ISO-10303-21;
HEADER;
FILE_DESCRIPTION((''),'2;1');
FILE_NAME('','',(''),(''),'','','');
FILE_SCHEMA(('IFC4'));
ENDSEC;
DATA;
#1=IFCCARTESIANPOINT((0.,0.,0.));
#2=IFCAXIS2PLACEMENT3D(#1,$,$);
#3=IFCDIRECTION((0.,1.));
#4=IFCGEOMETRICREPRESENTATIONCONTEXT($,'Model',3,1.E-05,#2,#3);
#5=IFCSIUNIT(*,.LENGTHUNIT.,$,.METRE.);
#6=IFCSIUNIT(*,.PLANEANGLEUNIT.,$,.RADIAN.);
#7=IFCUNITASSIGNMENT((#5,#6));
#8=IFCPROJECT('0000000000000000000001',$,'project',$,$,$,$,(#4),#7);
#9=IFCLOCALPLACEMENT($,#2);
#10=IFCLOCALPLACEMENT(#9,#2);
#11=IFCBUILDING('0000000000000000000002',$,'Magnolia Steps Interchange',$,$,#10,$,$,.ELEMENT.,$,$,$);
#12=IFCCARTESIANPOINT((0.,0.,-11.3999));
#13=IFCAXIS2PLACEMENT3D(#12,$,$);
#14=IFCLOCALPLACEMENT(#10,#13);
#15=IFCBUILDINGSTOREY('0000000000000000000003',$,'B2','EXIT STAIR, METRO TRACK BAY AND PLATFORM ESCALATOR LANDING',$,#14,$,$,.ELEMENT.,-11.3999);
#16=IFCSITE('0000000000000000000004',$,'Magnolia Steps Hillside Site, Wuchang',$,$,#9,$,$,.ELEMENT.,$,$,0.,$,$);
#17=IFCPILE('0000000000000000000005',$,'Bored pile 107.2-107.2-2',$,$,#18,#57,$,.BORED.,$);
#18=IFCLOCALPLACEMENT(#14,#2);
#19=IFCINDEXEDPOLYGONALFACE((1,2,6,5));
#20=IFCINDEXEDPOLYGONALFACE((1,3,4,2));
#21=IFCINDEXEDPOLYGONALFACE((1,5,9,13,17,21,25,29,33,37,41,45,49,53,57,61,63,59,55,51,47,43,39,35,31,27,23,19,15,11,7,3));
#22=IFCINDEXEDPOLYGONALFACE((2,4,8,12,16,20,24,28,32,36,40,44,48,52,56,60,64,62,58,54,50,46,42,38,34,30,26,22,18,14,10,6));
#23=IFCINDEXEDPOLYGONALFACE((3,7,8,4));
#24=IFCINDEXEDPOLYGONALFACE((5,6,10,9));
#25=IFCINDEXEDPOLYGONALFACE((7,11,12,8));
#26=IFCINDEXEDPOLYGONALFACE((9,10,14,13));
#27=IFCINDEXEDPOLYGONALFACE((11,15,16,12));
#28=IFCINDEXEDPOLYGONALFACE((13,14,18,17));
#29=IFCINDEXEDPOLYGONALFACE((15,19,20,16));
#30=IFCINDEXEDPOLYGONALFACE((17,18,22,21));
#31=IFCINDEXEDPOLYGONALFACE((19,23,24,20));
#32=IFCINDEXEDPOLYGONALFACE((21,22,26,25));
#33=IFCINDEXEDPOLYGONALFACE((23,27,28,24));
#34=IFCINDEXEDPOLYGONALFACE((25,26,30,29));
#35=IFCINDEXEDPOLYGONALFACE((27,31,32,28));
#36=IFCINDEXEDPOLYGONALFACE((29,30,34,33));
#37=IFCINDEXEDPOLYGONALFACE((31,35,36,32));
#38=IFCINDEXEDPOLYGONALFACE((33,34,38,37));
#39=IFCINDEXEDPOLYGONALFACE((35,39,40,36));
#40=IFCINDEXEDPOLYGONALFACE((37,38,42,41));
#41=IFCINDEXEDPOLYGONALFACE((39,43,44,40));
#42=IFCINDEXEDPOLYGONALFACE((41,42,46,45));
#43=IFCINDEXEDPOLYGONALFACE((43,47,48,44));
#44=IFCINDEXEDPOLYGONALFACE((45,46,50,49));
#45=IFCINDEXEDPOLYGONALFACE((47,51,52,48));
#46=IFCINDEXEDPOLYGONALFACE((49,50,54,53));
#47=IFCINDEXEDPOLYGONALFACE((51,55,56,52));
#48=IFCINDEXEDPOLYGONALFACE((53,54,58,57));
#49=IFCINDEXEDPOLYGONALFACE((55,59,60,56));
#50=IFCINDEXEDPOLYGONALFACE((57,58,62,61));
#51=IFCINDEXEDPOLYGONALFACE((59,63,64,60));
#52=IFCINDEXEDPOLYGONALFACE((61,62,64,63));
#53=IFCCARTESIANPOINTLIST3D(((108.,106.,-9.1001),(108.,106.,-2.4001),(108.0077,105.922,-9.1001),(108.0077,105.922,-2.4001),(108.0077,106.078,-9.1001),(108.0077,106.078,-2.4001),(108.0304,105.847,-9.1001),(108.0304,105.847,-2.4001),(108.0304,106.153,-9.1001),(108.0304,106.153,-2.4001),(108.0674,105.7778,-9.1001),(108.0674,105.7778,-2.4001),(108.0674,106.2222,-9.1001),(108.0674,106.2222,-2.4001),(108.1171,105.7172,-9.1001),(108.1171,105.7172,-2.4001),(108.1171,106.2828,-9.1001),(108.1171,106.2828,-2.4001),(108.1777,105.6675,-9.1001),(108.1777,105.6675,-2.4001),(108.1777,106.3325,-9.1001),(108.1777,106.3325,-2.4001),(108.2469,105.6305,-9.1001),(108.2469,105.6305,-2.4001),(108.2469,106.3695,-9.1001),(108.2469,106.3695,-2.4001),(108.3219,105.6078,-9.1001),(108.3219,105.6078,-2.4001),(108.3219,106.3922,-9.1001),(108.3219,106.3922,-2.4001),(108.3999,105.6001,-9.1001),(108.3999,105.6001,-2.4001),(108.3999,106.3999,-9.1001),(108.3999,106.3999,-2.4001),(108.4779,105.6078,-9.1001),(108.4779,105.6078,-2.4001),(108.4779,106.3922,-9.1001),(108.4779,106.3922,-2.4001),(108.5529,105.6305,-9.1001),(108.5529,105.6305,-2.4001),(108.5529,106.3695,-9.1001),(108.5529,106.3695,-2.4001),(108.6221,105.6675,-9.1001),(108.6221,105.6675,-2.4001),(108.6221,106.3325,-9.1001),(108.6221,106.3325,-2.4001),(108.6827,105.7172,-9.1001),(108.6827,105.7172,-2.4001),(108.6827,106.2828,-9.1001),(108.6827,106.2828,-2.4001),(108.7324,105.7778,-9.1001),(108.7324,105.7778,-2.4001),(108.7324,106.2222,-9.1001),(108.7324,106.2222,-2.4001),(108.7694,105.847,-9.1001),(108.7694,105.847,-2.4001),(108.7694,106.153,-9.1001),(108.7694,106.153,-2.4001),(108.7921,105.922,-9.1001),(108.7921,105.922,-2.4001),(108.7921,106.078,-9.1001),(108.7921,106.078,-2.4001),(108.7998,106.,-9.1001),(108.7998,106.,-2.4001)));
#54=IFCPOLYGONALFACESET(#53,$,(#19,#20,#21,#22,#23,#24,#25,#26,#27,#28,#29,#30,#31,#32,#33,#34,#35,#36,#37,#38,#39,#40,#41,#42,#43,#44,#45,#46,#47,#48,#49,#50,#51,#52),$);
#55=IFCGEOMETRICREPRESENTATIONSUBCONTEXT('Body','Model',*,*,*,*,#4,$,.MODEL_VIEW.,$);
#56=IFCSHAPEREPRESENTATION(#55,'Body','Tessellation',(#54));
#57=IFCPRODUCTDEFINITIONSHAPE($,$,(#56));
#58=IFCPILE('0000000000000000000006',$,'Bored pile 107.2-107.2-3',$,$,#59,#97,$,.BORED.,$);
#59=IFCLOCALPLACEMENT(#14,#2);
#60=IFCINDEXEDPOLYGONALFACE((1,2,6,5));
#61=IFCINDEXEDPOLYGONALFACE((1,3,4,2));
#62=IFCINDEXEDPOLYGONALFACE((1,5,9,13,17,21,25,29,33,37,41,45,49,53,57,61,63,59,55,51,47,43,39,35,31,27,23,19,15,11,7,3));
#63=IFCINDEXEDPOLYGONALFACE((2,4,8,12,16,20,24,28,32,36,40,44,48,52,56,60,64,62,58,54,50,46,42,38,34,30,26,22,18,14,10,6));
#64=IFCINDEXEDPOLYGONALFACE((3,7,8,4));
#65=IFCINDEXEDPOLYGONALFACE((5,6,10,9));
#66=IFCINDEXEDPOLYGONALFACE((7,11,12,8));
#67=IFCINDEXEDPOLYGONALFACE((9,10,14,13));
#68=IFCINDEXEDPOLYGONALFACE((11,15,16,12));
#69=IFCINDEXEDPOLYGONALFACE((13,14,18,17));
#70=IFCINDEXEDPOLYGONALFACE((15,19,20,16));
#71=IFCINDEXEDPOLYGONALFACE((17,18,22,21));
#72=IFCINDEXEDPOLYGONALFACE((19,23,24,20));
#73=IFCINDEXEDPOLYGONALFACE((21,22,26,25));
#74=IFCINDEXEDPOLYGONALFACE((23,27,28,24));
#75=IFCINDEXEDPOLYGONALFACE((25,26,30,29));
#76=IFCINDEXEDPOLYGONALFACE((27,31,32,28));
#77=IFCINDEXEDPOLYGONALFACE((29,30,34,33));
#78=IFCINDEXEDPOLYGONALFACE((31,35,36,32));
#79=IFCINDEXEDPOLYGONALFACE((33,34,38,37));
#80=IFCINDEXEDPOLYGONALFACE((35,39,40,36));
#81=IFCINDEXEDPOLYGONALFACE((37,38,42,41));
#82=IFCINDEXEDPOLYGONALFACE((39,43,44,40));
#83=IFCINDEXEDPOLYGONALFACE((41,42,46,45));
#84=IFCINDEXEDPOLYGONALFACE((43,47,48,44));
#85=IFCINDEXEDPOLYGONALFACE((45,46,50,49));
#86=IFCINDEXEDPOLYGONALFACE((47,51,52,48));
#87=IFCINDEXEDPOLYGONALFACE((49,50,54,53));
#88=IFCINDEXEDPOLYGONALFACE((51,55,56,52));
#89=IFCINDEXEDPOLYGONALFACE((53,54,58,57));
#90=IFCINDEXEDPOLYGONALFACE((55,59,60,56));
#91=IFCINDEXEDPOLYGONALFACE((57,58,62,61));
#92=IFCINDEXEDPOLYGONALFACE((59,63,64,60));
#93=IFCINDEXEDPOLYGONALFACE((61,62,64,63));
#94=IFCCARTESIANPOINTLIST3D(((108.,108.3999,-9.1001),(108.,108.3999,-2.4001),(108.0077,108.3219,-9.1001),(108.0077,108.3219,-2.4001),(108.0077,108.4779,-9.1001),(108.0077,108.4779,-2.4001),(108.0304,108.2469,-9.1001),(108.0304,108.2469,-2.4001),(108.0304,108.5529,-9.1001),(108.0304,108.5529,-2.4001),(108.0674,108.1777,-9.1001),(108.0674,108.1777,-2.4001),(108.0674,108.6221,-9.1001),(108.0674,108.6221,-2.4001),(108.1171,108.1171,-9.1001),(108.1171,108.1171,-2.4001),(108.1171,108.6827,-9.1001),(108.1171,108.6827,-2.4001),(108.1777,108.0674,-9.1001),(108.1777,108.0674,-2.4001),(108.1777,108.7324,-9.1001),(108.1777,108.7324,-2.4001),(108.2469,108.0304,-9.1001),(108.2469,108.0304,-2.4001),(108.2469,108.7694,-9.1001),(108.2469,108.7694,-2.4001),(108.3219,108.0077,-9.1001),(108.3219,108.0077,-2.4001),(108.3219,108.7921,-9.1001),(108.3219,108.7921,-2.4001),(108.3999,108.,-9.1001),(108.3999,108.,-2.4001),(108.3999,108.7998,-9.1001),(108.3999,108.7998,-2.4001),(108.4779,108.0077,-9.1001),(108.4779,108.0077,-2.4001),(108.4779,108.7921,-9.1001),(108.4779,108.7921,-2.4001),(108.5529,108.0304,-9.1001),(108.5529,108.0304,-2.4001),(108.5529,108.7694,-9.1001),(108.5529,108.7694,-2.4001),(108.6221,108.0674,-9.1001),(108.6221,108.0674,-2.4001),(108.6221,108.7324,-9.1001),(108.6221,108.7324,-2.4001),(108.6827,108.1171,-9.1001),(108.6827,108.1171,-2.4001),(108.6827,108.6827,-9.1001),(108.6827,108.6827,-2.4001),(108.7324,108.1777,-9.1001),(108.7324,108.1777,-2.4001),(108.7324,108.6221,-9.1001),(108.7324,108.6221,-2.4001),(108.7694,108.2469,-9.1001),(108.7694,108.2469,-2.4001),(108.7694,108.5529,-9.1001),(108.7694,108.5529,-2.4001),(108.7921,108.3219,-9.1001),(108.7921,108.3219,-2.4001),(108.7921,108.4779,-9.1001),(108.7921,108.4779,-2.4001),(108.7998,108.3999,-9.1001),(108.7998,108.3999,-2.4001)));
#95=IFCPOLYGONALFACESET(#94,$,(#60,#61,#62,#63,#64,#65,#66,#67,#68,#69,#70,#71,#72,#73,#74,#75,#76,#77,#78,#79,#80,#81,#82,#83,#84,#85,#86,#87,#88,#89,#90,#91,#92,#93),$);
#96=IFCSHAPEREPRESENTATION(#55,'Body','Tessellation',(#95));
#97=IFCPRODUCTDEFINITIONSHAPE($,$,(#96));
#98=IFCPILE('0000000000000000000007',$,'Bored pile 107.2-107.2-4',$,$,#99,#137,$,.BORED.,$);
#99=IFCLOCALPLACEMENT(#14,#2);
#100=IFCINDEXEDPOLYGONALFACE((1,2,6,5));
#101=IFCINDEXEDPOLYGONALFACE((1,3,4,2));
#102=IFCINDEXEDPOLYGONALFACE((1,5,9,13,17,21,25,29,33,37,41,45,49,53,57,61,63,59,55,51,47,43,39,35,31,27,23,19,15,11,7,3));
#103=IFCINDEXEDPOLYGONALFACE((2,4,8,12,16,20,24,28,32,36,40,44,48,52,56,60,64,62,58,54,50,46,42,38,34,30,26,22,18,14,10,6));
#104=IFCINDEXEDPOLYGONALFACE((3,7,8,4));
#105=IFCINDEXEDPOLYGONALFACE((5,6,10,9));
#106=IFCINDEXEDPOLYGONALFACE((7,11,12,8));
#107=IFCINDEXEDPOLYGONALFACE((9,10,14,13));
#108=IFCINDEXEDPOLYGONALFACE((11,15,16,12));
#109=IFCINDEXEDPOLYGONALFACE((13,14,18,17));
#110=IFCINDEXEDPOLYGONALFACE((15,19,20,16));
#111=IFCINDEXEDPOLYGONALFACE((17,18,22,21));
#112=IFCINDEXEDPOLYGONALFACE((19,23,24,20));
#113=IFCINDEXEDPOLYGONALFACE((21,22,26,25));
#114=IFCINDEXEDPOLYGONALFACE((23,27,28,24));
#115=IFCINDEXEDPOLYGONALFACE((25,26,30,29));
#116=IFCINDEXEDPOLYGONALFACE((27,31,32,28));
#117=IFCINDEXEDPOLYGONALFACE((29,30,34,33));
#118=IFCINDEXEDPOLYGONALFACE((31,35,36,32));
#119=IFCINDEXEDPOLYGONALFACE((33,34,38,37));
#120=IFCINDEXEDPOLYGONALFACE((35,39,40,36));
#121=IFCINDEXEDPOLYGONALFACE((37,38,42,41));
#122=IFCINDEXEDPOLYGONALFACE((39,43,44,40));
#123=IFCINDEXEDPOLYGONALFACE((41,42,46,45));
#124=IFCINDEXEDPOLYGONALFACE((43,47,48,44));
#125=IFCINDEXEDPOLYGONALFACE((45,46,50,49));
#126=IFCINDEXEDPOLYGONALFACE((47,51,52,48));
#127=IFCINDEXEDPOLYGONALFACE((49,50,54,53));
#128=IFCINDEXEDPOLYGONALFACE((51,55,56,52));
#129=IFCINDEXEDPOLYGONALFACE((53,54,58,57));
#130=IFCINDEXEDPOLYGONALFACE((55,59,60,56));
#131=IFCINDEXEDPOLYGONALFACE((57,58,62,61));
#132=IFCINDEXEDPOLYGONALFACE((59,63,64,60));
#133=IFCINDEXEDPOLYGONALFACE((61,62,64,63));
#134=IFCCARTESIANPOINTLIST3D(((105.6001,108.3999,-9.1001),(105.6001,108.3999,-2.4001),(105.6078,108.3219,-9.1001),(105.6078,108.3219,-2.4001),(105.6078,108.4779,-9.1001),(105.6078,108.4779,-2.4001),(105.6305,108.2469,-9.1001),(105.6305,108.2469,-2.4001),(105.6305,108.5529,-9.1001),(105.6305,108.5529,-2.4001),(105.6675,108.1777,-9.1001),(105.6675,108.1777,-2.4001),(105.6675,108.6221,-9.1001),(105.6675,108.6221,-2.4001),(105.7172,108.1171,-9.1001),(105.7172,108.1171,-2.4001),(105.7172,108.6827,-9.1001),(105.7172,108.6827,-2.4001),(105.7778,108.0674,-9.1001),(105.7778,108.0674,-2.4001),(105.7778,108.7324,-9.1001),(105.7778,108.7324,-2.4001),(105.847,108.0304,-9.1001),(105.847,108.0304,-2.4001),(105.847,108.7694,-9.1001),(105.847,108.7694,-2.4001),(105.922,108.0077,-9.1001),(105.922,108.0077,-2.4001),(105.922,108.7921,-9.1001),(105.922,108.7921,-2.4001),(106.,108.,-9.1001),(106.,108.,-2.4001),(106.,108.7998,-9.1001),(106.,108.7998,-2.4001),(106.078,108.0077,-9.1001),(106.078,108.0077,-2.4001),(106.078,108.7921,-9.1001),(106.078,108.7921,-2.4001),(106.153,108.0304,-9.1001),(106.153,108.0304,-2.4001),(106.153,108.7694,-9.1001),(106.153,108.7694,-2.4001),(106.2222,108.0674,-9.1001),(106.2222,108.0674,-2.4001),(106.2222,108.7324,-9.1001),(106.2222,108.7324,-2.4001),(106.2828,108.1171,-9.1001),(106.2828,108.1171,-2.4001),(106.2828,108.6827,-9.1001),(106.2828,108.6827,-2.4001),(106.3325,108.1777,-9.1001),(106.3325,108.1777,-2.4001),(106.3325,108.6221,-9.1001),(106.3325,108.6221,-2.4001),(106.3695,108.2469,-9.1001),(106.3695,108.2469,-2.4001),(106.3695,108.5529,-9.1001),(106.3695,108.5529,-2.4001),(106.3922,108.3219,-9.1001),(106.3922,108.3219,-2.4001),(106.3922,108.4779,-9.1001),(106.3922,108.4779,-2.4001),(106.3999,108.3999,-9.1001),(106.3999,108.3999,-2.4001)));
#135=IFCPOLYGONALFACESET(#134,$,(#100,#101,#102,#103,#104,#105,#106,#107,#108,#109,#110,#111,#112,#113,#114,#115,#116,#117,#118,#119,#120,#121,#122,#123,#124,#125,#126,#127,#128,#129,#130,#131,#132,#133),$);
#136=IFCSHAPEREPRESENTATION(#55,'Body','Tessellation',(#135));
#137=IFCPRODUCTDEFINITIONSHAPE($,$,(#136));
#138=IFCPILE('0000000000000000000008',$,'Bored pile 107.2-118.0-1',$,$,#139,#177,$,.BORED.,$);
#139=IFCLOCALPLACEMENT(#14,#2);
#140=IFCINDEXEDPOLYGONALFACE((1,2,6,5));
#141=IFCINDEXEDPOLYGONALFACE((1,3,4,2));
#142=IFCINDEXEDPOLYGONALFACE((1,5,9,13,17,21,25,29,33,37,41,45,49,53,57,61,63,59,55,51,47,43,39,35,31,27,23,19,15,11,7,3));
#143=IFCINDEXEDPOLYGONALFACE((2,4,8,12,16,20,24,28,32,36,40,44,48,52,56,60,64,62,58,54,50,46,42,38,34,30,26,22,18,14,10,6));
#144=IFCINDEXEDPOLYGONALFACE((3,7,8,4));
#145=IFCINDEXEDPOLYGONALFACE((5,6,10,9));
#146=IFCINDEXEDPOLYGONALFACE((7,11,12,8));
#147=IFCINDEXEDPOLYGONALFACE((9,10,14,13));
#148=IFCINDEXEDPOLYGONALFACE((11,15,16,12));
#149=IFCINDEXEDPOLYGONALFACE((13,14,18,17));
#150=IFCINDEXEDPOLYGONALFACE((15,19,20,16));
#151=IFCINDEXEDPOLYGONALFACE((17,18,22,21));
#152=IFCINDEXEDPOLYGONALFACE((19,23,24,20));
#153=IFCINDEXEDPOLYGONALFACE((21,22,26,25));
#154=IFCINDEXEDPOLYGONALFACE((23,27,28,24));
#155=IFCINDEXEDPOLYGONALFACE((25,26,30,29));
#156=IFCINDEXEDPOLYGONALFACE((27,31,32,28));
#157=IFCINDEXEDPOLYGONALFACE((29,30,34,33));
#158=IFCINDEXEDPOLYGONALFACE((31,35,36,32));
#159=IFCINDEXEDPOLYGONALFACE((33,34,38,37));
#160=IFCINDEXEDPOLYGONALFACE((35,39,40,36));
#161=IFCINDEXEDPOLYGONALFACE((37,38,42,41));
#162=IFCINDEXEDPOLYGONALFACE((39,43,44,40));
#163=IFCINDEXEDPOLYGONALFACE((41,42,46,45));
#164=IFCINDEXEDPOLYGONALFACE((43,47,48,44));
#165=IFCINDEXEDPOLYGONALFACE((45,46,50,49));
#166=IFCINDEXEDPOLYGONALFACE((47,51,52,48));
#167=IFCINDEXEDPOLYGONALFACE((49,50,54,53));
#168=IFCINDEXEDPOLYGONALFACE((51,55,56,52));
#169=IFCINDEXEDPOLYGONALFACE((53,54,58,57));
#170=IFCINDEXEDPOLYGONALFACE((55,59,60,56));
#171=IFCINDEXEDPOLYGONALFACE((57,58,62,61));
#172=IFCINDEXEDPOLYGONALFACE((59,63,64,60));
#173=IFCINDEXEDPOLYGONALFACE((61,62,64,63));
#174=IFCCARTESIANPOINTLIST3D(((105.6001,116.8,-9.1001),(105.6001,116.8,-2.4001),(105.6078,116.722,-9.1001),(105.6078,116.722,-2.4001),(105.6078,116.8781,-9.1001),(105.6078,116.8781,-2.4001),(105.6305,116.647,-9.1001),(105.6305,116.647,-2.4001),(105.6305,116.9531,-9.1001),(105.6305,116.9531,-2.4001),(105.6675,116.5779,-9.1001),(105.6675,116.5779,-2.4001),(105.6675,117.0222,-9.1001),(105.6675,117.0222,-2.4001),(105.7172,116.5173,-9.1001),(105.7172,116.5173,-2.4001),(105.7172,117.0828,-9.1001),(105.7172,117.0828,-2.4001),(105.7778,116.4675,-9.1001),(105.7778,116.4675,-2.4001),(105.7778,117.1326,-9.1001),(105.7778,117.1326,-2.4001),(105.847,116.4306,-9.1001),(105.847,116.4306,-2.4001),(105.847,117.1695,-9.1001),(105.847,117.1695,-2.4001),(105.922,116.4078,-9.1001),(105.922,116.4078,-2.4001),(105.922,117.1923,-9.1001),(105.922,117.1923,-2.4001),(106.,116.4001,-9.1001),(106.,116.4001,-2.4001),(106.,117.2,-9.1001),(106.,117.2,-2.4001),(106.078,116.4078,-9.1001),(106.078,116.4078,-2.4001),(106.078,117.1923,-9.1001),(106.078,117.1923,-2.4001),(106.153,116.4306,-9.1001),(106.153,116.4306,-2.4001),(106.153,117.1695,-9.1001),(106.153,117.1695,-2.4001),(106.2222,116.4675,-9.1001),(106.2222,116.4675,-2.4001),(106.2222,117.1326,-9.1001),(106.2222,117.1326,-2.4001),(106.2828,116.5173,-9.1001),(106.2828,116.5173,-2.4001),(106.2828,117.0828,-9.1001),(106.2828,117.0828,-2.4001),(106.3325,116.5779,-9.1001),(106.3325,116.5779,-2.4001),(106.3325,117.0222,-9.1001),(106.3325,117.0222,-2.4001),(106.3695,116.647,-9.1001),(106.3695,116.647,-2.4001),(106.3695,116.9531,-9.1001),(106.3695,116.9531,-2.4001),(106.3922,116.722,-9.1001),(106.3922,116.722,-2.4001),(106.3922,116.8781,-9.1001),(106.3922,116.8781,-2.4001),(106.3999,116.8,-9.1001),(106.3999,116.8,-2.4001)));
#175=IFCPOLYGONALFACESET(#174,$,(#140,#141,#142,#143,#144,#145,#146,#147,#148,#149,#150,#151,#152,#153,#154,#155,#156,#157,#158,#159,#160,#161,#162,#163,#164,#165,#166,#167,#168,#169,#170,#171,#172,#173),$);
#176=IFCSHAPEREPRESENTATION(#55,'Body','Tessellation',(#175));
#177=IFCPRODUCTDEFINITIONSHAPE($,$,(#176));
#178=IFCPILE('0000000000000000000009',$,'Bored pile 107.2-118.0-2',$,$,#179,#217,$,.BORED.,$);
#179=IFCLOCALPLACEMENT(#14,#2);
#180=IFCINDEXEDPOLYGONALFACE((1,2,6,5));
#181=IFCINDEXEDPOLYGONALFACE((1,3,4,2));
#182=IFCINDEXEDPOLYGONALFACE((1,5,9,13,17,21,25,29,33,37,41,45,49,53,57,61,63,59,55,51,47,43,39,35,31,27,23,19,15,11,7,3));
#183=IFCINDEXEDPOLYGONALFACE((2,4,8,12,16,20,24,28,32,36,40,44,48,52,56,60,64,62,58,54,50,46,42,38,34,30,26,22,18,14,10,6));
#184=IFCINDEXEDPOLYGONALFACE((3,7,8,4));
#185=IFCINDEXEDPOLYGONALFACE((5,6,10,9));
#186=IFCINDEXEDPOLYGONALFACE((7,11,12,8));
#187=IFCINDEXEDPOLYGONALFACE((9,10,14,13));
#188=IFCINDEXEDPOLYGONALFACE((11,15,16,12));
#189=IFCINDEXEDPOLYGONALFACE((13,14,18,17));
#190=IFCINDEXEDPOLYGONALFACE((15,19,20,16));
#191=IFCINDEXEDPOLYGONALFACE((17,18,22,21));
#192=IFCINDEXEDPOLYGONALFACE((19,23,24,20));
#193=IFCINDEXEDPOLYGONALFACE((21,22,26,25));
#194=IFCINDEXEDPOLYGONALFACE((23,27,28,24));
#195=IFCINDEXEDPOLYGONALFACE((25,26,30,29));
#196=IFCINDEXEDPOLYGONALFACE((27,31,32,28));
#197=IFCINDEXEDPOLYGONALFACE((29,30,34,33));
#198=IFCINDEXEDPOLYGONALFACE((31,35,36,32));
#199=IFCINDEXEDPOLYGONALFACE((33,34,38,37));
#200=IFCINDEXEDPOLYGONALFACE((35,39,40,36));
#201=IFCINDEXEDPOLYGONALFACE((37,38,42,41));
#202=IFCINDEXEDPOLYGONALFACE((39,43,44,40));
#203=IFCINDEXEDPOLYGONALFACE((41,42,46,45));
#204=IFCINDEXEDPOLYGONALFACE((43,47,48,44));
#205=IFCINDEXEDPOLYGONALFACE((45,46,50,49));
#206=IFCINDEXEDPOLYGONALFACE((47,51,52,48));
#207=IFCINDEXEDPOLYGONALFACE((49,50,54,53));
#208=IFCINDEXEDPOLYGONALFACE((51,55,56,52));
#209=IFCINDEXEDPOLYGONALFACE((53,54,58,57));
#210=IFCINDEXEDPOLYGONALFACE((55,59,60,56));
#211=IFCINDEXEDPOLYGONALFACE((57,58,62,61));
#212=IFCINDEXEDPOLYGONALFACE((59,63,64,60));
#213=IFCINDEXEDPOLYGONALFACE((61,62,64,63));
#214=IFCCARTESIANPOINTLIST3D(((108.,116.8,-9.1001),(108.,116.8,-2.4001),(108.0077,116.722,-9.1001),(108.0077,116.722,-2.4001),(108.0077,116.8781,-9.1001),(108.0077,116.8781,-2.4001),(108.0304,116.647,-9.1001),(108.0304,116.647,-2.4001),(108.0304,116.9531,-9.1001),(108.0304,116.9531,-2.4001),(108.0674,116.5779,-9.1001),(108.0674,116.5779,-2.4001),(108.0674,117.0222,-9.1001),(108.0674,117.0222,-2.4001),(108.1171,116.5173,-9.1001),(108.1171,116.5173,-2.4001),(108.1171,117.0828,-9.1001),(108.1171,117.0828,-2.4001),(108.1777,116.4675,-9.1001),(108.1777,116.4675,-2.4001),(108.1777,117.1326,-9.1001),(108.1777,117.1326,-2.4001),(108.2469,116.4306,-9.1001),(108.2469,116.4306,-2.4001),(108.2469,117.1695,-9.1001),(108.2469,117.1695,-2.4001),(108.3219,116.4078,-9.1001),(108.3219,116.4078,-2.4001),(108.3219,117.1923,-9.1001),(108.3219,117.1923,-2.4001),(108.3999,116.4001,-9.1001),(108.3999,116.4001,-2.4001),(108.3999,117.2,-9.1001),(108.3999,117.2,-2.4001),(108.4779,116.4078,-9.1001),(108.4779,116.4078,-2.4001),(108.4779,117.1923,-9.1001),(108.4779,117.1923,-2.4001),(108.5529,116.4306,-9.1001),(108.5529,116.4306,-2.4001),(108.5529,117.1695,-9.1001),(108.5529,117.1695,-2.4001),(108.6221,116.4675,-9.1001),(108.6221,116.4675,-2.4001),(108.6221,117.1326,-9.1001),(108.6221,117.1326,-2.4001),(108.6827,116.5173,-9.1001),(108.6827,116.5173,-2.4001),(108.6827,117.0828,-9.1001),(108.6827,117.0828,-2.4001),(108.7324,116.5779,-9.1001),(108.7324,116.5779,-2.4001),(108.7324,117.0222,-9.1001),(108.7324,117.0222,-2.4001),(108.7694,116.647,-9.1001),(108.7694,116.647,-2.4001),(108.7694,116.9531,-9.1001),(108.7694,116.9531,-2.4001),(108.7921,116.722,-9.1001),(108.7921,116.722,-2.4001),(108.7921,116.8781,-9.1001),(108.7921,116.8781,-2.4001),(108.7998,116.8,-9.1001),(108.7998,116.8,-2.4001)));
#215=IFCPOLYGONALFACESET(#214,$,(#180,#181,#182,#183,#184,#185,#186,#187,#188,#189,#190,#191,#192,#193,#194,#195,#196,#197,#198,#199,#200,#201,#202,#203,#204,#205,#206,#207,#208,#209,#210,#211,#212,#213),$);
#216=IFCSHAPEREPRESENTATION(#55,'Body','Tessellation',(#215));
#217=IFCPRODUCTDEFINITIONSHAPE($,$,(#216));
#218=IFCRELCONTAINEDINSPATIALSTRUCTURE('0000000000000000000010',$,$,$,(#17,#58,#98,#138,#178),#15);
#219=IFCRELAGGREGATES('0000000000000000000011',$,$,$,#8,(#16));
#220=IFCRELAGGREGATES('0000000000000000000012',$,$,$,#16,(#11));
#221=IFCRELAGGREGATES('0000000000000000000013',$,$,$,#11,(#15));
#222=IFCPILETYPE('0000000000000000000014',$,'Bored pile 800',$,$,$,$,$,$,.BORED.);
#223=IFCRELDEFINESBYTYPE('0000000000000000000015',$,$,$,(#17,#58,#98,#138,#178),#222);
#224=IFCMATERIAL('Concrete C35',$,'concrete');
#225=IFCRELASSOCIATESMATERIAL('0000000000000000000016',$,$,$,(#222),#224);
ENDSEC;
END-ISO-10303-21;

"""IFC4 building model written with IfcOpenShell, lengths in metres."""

from ifc_helpers import new_model, si_unit, direction, frame, origin, origin_2d, place, context, subcontext, project, spatial, circle, extrude, material, material_profile, profile_set, type_object, element, save


model = new_model("IFC4")

# Units and contexts
model_context = context("Model", 3, precision=1e-05, world=origin(), true_north=direction((0.0, 1.0)))
body_context = subcontext(model_context, "Body", "Model", "MODEL_VIEW")
ifc_project = project(units=[si_unit("LENGTHUNIT", "METRE"), si_unit("PLANEANGLEUNIT", "RADIAN")], contexts=[model_context])

# Site, building, storey
site_placement = place(None, origin())
site = spatial("IfcSite", under=ifc_project, at=site_placement, Name="Magnolia Steps Hillside Site, Wuchang", CompositionType="ELEMENT", RefElevation=0.0)
building_placement = place(site_placement, origin())
building = spatial("IfcBuilding", under=site, at=building_placement, Name="Magnolia Steps Interchange", CompositionType="ELEMENT")
storey_placement = place(building_placement, frame((0.0, 0.0, -11.3999)))
storey = spatial("IfcBuildingStorey", under=building, at=storey_placement, Name="B2", Description="EXIT STAIR, METRO TRACK BAY AND PLATFORM ESCALATOR LANDING", CompositionType="ELEMENT", Elevation=-11.3999)

# Piles
ifc_material_1 = material(Name="Concrete C35", Category="concrete")
ifc_material_profile_1 = material_profile(ifc_material_1, circle(Radius=0.3999, at=origin_2d()), Name="Bored pile 800")
ifc_profile_set_1 = profile_set([ifc_material_profile_1], Name="Concrete C35")
pile_type_1 = type_object("IfcPileType", Name="Bored pile 800", PredefinedType="BORED", material=ifc_profile_set_1)
for number, where, z_axis, x_axis, name in (
    (1, (108.3999, 106.0, -2.4001), (0.0, 0.0, -1.0), (1.0, 0.0, 0.0), "Bored pile 107.2-107.2-2"),
    (2, (108.3999, 108.3999, -2.4001), (0.0, 0.0, -1.0), (1.0, 0.0, 0.0), "Bored pile 107.2-107.2-3"),
    (3, (106.0, 108.3999, -2.4001), (0.0, 0.0, -1.0), (1.0, 0.0, 0.0), "Bored pile 107.2-107.2-4"),
    (4, (106.0, 116.8, -2.4001), (0.0, 0.0, -1.0), (1.0, 0.0, 0.0), "Bored pile 107.2-118.0-1"),
    (5, (108.3999, 116.8, -2.4001), (0.0, 0.0, -1.0), (1.0, 0.0, 0.0), "Bored pile 107.2-118.0-2"),
):
    element("IfcPile", number, at=place(storey_placement, frame(where, z_axis=z_axis, x_axis=x_axis)), inside=storey, type_object=pile_type_1, Name=name, PredefinedType="BORED", context=body_context, shape_type="SweptSolid", body=[
        extrude(circle(Radius=0.3999, at=origin_2d()), origin(), (0.0, 0.0, 1.0), 6.7),
    ])

save(model, "model.ifc")
